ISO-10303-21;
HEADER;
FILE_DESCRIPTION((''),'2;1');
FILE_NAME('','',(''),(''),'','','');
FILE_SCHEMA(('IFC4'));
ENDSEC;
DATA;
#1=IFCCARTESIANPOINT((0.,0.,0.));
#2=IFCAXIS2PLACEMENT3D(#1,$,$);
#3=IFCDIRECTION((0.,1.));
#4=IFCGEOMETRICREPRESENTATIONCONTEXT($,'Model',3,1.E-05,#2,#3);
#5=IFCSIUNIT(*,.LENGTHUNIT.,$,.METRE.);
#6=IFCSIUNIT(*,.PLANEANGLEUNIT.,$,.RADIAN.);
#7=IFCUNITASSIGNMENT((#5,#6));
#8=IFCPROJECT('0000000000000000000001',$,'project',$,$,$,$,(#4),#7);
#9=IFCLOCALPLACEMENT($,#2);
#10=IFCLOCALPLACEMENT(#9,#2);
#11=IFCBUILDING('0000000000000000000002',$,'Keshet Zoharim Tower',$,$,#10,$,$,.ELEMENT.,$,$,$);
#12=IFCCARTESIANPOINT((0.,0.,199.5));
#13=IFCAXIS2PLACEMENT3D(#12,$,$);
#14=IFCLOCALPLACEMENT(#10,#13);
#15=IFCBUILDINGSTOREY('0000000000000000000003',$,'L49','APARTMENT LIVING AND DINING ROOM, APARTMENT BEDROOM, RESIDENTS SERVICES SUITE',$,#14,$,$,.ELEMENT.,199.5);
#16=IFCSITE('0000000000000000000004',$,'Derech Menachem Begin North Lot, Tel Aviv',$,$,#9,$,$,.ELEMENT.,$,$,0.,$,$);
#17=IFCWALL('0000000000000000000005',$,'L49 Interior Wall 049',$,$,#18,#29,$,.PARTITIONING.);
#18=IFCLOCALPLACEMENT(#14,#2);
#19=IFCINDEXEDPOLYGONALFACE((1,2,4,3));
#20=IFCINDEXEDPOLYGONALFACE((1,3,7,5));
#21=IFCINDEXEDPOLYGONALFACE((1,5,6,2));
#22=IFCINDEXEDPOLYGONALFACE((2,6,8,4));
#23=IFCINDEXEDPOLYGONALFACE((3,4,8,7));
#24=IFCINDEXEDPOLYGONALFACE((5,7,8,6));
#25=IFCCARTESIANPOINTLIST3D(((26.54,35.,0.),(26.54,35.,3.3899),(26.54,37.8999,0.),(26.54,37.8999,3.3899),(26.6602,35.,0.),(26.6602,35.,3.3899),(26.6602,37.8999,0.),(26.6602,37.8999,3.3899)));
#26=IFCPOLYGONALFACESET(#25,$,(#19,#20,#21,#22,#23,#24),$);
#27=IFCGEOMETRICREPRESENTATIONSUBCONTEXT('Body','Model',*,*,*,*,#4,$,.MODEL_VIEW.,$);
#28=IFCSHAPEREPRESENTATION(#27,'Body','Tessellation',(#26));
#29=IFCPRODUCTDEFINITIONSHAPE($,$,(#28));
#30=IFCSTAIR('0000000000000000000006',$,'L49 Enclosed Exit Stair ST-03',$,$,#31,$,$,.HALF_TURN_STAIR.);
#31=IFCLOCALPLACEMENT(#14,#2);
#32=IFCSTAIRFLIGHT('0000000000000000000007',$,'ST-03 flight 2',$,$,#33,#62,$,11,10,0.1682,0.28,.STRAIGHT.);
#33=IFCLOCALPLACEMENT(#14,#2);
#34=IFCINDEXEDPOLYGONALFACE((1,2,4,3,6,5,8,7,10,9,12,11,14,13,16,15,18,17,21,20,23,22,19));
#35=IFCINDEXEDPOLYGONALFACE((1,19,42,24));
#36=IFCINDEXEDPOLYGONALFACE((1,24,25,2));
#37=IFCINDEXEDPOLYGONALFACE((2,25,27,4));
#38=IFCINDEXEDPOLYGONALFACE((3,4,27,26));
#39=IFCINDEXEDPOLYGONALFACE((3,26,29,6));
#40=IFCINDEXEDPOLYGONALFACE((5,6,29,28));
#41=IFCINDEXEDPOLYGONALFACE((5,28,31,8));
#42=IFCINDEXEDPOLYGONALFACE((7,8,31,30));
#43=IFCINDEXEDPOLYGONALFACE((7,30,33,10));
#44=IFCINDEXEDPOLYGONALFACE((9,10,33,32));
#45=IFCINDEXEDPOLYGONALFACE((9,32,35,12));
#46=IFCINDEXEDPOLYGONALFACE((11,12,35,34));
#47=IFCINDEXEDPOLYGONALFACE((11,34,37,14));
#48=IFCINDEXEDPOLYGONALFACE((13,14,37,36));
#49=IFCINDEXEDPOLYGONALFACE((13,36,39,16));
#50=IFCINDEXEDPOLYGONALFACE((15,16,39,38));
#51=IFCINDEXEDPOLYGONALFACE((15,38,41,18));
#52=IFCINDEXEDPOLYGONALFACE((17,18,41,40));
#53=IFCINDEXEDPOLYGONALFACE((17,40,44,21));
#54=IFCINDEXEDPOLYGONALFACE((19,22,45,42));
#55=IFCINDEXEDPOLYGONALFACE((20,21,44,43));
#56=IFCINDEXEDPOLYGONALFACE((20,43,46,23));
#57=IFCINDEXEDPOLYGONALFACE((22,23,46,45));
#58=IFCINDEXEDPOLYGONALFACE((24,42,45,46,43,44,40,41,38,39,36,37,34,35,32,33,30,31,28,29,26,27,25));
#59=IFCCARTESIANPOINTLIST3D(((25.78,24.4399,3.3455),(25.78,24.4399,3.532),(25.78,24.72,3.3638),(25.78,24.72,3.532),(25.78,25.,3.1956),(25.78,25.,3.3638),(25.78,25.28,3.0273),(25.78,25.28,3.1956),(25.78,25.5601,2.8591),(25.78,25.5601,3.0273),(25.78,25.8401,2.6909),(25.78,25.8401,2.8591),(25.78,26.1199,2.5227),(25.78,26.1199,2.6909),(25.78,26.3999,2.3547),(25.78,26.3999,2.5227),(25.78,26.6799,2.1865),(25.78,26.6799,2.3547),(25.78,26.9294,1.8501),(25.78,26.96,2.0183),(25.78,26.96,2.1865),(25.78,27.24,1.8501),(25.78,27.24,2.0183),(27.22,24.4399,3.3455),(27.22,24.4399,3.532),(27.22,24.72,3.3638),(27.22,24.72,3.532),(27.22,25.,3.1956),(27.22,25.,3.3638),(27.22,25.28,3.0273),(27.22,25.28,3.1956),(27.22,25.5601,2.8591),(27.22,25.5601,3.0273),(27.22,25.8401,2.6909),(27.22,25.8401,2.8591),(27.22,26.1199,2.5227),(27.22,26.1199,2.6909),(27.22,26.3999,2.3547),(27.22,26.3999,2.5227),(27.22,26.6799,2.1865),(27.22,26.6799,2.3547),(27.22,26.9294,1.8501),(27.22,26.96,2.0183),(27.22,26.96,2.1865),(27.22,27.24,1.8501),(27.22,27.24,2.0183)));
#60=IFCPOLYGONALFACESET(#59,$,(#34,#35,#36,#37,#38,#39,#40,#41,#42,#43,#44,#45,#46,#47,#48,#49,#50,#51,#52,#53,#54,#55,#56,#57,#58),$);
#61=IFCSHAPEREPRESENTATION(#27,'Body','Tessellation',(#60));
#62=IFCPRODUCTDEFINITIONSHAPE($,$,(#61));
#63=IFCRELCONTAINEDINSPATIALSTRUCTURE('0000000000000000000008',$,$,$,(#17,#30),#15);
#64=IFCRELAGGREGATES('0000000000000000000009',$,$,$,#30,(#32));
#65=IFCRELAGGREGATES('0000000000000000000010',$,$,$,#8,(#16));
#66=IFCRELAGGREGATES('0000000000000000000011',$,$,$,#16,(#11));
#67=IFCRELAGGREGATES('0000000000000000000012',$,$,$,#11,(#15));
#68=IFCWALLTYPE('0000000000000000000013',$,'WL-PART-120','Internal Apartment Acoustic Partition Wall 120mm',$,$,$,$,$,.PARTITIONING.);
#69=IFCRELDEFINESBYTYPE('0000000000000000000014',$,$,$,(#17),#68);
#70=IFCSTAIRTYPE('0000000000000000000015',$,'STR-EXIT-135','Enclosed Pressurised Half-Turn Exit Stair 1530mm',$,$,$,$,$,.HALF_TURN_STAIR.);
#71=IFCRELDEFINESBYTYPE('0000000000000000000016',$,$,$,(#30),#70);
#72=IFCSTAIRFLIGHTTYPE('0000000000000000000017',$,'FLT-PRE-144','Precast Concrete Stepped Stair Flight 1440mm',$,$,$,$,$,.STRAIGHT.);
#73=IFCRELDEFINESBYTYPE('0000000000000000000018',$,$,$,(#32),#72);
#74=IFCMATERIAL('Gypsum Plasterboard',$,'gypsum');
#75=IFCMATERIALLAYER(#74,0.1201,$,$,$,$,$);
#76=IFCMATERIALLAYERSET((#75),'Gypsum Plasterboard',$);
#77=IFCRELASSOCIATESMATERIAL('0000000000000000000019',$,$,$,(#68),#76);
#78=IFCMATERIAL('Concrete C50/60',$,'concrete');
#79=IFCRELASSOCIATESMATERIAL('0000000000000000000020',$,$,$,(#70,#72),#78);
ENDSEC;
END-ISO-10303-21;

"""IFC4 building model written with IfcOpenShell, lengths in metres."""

from ifc_helpers import new_model, si_unit, direction, frame, frame_2d, origin, place, context, subcontext, project, spatial, polyline, rectangle, outline, extrude, material, layer, layer_set, type_object, element, aggregate, save


model = new_model("IFC4")

# Units and contexts
model_context = context("Model", 3, precision=1e-05, world=origin(), true_north=direction((0.0, 1.0)))
body_context = subcontext(model_context, "Body", "Model", "MODEL_VIEW")
ifc_project = project(units=[si_unit("LENGTHUNIT", "METRE"), si_unit("PLANEANGLEUNIT", "RADIAN")], contexts=[model_context])

# Site, building, storey
site_placement = place(None, origin())
site = spatial("IfcSite", under=ifc_project, at=site_placement, Name="Derech Menachem Begin North Lot, Tel Aviv", CompositionType="ELEMENT", RefElevation=0.0)
building_placement = place(site_placement, origin())
building = spatial("IfcBuilding", under=site, at=building_placement, Name="Keshet Zoharim Tower", CompositionType="ELEMENT")
storey_placement = place(building_placement, frame((0.0, 0.0, 199.5)))
storey = spatial("IfcBuildingStorey", under=building, at=storey_placement, Name="L49", Description="APARTMENT LIVING AND DINING ROOM, APARTMENT BEDROOM, RESIDENTS SERVICES SUITE", CompositionType="ELEMENT", Elevation=199.5)

# Wall
ifc_material_1 = material(Name="Concrete C50/60", Category="concrete")
ifc_material_2 = material(Name="Gypsum Plasterboard", Category="gypsum")
ifc_layer_1 = layer(ifc_material_2, 0.1201)
ifc_layer_set_1 = layer_set([ifc_layer_1], Name="Gypsum Plasterboard")
wall_type_1 = type_object("IfcWallType", Name="WL-PART-120", Description="Internal Apartment Acoustic Partition Wall 120mm", PredefinedType="PARTITIONING", material=ifc_layer_set_1)
wall_1_placement = place(storey_placement, frame((26.6001, 35.0, 0.0), z_axis=(0.0, 0.0, 1.0), x_axis=(0.0, 1.0, 0.0)))
element("IfcWall", 1, at=wall_1_placement, inside=storey, type_object=wall_type_1, Name="L49 Interior Wall 049", PredefinedType="PARTITIONING", context=body_context, shape_type="SweptSolid", body=[
    extrude(rectangle(XDim=2.8999, YDim=0.1201, at=frame_2d((1.45, 0.0))), origin(), (0.0, 0.0, 1.0), 3.3899),
])

# Stair, stair flight
stair_type = type_object("IfcStairType", Name="STR-EXIT-135", Description="Enclosed Pressurised Half-Turn Exit Stair 1530mm", PredefinedType="HALF_TURN_STAIR", material=ifc_material_1)
stair_placement = place(storey_placement, origin())
stair = element("IfcStair", 2, at=stair_placement, inside=storey, type_object=stair_type, Name="L49 Enclosed Exit Stair ST-03", PredefinedType="HALF_TURN_STAIR")
stair_flight_type = type_object("IfcStairFlightType", Name="FLT-PRE-144", Description="Precast Concrete Stepped Stair Flight 1440mm", PredefinedType="STRAIGHT", material=ifc_material_1)
stair_flight_placement = place(storey_placement, frame((26.5, 27.24, 1.8501), z_axis=(0.0, 0.0, 1.0), x_axis=(0.0, -1.0, 0.0)))
stair_flight = element("IfcStairFlight", 3, at=stair_flight_placement, type_object=stair_flight_type, Name="ST-03 flight 2", NumberOfRisers=11, NumberOfTreads=10, PredefinedType="STRAIGHT", RiserHeight=0.1682, TreadLength=0.28, context=body_context, shape_type="SweptSolid", body=[
    extrude(outline(polyline([(0.0, 0.0), (0.0, 0.1682), (0.28, 0.1682), (0.28, 0.3364), (0.5601, 0.3364), (0.5601, 0.5046), (0.8401, 0.5046), (0.8401, 0.6726), (1.1201, 0.6726), (1.1201, 0.8408), (1.3999, 0.8408), (1.3999, 1.009), (1.6799, 1.009), (1.6799, 1.1772), (1.96, 1.1772), (1.96, 1.3455), (2.24, 1.3455), (2.24, 1.5137), (2.52, 1.5137), (2.52, 1.6819), (2.8, 1.6819), (2.8, 1.8501), (2.8, 1.4954), (0.3105, 0.0), (0.0, 0.0)])), frame((0.0, 0.72, 0.0), z_axis=(0.0, -1.0, 0.0), x_axis=(1.0, 0.0, 0.0)), (0.0, 0.0, 1.0), 1.4399),
])
aggregate(stair, [stair_flight])

save(model, "model.ifc")
